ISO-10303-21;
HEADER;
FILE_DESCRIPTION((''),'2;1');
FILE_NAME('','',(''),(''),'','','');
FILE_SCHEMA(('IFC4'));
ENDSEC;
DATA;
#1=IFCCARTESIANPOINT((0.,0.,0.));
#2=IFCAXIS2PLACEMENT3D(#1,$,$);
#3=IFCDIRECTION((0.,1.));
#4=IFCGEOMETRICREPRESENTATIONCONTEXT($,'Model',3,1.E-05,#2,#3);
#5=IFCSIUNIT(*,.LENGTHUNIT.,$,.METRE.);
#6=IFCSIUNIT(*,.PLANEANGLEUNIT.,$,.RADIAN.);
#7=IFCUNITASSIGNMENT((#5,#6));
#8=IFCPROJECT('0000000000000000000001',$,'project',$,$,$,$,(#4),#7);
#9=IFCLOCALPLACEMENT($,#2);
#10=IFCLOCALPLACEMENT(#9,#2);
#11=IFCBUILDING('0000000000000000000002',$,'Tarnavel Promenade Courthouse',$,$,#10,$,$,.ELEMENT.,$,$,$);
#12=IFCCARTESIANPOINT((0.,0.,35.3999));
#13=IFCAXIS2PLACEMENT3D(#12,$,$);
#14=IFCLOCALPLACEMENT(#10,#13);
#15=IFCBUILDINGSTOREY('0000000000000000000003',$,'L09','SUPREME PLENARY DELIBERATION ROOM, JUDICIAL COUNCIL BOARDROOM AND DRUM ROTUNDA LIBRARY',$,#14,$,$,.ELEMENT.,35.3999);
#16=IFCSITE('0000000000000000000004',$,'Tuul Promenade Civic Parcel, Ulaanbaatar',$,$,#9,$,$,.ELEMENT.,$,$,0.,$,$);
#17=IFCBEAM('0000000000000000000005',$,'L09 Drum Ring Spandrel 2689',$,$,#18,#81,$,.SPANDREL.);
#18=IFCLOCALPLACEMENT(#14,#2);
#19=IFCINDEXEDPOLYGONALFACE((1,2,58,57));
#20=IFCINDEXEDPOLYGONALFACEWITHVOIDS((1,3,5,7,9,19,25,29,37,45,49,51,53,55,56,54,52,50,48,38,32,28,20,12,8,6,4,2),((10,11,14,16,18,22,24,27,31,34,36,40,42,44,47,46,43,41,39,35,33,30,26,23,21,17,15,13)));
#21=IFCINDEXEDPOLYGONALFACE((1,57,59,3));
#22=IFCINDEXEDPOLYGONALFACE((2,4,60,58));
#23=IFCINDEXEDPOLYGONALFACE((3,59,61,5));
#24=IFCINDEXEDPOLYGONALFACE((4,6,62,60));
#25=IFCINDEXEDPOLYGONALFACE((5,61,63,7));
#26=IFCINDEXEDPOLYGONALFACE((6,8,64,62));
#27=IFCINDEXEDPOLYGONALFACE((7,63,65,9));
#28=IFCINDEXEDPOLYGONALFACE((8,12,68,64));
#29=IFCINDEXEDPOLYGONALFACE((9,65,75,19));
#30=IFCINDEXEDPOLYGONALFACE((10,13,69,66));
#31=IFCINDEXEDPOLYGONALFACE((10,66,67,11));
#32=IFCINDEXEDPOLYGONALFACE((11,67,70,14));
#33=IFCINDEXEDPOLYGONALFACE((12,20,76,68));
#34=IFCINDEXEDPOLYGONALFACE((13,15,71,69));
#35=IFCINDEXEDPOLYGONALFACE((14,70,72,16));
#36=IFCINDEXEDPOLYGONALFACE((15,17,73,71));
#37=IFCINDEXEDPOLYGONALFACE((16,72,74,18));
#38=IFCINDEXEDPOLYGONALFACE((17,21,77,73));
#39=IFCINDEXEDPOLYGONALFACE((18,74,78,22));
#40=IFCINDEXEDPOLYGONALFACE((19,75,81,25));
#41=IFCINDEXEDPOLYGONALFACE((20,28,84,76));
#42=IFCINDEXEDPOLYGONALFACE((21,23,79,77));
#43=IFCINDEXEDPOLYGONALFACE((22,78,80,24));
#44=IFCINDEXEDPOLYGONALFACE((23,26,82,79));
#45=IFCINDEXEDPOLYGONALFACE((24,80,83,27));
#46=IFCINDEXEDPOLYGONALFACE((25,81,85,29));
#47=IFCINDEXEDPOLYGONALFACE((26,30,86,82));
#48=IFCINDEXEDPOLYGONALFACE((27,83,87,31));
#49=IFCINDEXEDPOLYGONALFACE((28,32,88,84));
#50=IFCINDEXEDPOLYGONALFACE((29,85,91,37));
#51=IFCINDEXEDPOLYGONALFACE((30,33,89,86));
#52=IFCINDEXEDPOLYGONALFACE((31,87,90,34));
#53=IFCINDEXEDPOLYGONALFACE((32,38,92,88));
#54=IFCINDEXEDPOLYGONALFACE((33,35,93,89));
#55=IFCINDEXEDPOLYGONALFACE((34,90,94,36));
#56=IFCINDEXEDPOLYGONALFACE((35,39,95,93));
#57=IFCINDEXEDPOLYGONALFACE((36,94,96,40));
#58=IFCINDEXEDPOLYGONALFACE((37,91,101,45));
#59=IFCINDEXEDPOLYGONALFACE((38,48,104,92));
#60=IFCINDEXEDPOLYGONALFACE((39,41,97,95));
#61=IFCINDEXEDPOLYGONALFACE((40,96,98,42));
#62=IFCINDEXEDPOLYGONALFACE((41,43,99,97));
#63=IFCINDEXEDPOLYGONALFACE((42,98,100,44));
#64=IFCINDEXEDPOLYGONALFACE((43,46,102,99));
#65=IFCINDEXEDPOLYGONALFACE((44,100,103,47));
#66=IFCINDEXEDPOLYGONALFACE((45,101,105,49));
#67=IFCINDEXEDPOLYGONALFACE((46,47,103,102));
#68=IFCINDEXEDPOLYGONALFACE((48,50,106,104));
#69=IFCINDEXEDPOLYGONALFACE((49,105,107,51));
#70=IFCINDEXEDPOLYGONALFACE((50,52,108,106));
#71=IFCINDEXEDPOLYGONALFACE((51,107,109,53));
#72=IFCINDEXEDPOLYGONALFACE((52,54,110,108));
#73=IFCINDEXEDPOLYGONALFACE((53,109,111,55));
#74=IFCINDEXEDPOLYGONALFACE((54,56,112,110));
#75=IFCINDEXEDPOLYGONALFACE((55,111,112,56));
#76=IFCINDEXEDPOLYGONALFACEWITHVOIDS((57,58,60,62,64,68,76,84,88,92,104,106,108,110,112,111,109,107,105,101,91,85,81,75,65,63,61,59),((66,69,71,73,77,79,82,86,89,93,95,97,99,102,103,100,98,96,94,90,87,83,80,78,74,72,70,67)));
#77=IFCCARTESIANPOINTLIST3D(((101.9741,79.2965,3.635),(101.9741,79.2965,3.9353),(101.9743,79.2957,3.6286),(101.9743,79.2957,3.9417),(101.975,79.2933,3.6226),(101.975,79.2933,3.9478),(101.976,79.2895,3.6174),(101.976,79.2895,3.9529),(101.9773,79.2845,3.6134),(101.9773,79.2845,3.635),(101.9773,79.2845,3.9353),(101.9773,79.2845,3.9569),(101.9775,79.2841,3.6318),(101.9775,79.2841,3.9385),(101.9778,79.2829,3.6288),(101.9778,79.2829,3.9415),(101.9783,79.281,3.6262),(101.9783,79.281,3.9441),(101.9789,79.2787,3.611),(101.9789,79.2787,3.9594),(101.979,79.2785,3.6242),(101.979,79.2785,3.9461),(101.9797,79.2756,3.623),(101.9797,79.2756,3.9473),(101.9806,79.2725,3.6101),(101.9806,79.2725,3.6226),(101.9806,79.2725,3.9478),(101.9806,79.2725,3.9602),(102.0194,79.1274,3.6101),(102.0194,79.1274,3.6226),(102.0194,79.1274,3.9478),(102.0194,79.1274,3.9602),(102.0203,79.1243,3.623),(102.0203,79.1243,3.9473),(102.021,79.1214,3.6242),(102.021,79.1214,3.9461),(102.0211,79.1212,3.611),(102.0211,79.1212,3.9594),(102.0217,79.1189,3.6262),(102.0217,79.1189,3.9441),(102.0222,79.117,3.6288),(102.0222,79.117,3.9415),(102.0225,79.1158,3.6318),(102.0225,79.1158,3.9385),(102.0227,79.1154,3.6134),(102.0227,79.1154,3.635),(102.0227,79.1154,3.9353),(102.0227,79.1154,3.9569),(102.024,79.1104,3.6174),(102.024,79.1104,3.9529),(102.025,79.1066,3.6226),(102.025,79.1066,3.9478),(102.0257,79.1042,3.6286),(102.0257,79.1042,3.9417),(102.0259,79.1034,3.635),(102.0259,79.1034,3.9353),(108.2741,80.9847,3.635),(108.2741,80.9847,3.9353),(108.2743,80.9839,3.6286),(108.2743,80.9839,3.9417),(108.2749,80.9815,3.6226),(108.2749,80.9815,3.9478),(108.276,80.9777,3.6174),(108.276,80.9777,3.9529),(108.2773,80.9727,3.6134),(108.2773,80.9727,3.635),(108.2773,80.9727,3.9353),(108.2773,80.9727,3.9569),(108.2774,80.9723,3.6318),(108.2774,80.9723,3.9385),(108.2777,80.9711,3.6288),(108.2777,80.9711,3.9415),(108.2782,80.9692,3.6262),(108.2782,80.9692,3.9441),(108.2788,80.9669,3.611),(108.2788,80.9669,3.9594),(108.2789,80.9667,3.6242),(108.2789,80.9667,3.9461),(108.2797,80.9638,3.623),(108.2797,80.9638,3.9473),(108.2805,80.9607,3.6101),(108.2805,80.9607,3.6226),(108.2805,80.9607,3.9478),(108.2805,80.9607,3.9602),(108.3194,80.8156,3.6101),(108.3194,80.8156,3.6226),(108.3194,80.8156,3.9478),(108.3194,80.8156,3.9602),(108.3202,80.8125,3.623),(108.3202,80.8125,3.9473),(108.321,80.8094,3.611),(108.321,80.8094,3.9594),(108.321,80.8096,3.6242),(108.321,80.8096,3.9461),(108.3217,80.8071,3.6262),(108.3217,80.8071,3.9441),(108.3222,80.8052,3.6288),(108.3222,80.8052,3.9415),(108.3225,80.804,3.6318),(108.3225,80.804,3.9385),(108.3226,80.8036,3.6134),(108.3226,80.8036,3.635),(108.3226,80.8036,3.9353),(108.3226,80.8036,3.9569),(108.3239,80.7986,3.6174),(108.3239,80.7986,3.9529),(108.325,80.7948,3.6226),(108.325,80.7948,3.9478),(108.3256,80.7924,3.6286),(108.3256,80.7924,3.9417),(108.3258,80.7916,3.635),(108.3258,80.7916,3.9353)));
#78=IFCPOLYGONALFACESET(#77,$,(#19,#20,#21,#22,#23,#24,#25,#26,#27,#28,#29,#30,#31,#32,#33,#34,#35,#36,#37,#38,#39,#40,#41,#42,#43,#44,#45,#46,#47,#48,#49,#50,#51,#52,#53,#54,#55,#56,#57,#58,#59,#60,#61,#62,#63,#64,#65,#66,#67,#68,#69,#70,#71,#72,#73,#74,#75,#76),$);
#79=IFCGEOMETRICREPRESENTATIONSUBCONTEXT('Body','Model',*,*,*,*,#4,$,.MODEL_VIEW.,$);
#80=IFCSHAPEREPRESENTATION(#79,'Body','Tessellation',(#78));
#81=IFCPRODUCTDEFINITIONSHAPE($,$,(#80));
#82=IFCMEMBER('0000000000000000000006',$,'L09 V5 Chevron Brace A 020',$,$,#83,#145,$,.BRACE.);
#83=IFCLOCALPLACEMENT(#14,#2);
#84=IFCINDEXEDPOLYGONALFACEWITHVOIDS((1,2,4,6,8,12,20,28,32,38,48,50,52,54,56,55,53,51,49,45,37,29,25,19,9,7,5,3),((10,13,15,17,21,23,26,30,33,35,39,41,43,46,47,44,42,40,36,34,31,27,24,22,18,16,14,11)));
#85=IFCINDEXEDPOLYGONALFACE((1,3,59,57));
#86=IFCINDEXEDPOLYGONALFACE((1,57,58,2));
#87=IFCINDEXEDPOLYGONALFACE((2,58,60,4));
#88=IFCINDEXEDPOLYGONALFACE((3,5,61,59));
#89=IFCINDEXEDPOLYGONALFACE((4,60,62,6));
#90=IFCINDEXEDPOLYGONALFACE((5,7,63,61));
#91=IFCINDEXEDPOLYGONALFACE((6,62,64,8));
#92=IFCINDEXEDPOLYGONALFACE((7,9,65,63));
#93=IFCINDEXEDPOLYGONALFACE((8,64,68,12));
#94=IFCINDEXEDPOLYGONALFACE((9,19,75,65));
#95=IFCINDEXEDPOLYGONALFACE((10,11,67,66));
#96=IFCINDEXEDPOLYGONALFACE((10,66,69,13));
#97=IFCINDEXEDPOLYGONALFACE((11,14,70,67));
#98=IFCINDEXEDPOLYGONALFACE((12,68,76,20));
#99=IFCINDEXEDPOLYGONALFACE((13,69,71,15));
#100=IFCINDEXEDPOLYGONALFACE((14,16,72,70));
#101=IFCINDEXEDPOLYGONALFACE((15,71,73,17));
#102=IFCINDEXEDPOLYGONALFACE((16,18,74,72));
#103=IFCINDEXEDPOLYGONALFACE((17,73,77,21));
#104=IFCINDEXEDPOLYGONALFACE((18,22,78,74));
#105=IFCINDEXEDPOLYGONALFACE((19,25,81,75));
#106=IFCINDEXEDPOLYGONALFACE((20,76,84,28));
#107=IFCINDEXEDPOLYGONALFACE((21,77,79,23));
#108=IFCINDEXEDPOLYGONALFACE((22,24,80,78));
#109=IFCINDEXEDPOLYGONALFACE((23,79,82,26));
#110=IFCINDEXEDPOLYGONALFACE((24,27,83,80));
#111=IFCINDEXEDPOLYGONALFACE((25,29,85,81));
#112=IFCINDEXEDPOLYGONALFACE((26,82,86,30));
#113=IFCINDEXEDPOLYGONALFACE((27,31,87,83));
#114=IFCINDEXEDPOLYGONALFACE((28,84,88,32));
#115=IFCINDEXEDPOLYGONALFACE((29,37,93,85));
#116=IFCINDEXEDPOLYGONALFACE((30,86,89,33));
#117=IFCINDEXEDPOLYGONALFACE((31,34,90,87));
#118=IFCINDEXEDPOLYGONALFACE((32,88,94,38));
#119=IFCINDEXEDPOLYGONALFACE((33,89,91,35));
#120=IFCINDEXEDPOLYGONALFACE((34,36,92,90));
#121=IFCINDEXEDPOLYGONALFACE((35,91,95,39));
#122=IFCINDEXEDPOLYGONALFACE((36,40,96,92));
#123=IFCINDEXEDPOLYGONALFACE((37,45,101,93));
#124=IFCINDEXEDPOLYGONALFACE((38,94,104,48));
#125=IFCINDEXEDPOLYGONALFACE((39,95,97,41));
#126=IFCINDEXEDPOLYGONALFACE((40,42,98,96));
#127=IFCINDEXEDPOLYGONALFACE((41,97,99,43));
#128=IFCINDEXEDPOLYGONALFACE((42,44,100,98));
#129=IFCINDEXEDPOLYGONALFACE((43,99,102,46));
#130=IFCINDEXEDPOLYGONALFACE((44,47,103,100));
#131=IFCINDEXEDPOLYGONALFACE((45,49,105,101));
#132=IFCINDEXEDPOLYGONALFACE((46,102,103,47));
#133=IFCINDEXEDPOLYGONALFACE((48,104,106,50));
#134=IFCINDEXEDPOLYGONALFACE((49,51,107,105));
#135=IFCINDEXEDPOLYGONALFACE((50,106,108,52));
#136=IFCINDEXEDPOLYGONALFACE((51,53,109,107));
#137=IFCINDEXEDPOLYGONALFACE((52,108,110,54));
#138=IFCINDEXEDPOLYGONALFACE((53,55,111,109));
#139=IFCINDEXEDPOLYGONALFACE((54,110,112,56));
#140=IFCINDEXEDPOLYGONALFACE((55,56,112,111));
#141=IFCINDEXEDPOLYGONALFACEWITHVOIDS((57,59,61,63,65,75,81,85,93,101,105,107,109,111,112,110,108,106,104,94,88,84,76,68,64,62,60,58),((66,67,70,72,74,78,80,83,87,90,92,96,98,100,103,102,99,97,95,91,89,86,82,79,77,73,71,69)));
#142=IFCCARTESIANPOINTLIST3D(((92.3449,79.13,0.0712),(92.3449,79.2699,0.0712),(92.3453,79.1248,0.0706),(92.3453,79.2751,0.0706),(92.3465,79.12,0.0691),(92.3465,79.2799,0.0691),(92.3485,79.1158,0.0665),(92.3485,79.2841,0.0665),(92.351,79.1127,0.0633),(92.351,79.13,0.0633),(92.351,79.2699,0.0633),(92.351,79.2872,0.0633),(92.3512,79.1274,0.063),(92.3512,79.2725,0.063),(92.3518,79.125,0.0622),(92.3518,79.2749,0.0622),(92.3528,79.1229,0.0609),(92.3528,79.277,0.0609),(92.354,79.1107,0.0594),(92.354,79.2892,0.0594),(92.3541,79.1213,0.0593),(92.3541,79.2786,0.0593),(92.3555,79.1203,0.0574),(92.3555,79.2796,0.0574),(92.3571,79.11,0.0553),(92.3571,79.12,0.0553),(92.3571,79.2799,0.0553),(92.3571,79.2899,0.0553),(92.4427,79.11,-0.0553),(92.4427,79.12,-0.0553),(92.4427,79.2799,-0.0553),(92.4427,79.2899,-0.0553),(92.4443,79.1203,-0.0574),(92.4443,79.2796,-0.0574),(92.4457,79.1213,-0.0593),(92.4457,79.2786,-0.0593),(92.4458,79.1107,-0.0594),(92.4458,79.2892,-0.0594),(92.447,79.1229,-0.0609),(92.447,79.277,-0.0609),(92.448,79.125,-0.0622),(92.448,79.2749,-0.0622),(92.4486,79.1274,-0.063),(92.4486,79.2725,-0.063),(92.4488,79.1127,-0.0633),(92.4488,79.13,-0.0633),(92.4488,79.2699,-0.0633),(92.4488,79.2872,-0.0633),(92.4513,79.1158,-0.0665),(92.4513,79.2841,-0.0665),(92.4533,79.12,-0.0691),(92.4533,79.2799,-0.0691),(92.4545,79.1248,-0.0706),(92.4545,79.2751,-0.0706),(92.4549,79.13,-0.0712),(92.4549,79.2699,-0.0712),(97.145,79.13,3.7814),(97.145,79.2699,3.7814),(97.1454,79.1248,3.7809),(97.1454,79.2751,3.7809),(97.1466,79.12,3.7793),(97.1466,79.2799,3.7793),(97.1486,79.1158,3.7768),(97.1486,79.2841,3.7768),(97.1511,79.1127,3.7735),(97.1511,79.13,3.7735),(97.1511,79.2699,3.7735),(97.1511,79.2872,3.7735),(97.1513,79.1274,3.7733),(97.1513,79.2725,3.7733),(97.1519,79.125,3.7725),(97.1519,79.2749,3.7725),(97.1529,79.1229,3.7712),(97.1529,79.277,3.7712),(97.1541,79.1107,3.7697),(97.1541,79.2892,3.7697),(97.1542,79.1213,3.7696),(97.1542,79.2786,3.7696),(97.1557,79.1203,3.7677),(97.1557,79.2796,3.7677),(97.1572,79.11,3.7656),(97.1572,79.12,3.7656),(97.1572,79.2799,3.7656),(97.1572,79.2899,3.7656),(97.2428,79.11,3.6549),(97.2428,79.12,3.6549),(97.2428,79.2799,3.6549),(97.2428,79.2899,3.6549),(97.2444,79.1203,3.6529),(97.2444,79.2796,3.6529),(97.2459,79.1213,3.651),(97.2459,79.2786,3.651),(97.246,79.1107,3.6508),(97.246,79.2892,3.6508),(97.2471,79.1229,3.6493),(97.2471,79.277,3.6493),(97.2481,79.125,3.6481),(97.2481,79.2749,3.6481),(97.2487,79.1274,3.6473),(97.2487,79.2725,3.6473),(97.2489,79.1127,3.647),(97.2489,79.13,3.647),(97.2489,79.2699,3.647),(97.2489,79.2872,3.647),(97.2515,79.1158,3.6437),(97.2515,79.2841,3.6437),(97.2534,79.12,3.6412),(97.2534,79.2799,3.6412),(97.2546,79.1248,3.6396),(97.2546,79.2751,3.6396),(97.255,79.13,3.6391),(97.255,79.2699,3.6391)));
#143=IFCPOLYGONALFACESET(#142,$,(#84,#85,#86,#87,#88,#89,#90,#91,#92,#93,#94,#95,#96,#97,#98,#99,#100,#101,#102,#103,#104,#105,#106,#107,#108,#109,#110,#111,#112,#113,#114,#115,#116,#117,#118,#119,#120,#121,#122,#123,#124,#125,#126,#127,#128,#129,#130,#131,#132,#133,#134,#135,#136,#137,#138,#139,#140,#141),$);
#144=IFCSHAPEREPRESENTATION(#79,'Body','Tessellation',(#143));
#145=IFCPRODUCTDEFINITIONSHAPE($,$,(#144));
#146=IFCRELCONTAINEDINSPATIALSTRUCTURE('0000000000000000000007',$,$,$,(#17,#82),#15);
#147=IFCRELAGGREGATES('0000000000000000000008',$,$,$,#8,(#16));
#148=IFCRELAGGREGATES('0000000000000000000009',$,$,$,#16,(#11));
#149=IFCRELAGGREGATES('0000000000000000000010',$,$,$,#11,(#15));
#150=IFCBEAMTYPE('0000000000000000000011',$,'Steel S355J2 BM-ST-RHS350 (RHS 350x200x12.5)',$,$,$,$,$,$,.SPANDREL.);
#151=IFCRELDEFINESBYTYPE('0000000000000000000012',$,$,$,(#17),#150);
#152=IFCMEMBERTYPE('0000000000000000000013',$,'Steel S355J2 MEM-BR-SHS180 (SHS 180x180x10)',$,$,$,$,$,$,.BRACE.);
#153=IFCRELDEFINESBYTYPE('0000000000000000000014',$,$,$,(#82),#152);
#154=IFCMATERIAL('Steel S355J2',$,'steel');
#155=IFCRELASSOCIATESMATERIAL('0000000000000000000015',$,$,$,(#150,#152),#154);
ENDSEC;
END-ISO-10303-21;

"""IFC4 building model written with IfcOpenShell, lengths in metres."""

from ifc_helpers import new_model, si_unit, direction, frame, origin, origin_2d, place, context, subcontext, project, spatial, hollow_rectangle, extrude, material, material_profile, profile_set, type_object, element, save


model = new_model("IFC4")

# Units and contexts
model_context = context("Model", 3, precision=1e-05, world=origin(), true_north=direction((0.0, 1.0)))
body_context = subcontext(model_context, "Body", "Model", "MODEL_VIEW")
ifc_project = project(units=[si_unit("LENGTHUNIT", "METRE"), si_unit("PLANEANGLEUNIT", "RADIAN")], contexts=[model_context])

# Site, building, storey
site_placement = place(None, origin())
site = spatial("IfcSite", under=ifc_project, at=site_placement, Name="Tuul Promenade Civic Parcel, Ulaanbaatar", CompositionType="ELEMENT", RefElevation=0.0)
building_placement = place(site_placement, origin())
building = spatial("IfcBuilding", under=site, at=building_placement, Name="Tarnavel Promenade Courthouse", CompositionType="ELEMENT")
storey_placement = place(building_placement, frame((0.0, 0.0, 35.3999)))
storey = spatial("IfcBuildingStorey", under=building, at=storey_placement, Name="L09", Description="SUPREME PLENARY DELIBERATION ROOM, JUDICIAL COUNCIL BOARDROOM AND DRUM ROTUNDA LIBRARY", CompositionType="ELEMENT", Elevation=35.3999)

# Beam
ifc_material_1 = material(Name="Steel S355J2", Category="steel")
ifc_material_profile_1 = material_profile(ifc_material_1, hollow_rectangle(XDim=0.2, YDim=0.3501, WallThickness=0.0125, InnerFilletRadius=0.0125, OuterFilletRadius=0.0249, at=origin_2d()), Name="RHS 350x200x12.5")
ifc_profile_set_1 = profile_set([ifc_material_profile_1], Name="Steel S355J2")
beam_type_1 = type_object("IfcBeamType", Name="Steel S355J2 BM-ST-RHS350 (RHS 350x200x12.5)", PredefinedType="SPANDREL", material=ifc_profile_set_1)
beam_1_placement = place(storey_placement, frame((102.0, 79.2, 3.7852), z_axis=(0.96592, 0.258839, 0.0), x_axis=(-0.258839, 0.96592, 0.0)))
element("IfcBeam", 1, at=beam_1_placement, inside=storey, type_object=beam_type_1, Name="L09 Drum Ring Spandrel 2689", PredefinedType="SPANDREL", context=body_context, shape_type="SweptSolid", body=[
    extrude(hollow_rectangle(XDim=0.2, YDim=0.3501, WallThickness=0.0125, InnerFilletRadius=0.0125, OuterFilletRadius=0.0249, at=origin_2d()), origin(), (0.0, 0.0, 1.0), 6.5222),
])

# Member
ifc_material_profile_2 = material_profile(ifc_material_1, hollow_rectangle(XDim=0.1799, YDim=0.1799, WallThickness=0.01, InnerFilletRadius=0.01, OuterFilletRadius=0.02, at=origin_2d()), Name="SHS 180x180x10")
ifc_profile_set_2 = profile_set([ifc_material_profile_2], Name="Steel S355J2")
member_type = type_object("IfcMemberType", Name="Steel S355J2 MEM-BR-SHS180 (SHS 180x180x10)", PredefinedType="BRACE", material=ifc_profile_set_2)
for number, where, z_axis, x_axis, name in (
    (2, (92.3999, 79.2, 0.0), (0.791199, 0.0, 0.611559), (0.0, 1.0, 0.0), "L09 V5 Chevron Brace A 020"),
):
    element("IfcMember", number, at=place(storey_placement, frame(where, z_axis=z_axis, x_axis=x_axis)), inside=storey, type_object=member_type, Name=name, PredefinedType="BRACE", context=body_context, shape_type="SweptSolid", body=[
        extrude(hollow_rectangle(XDim=0.1799, YDim=0.1799, WallThickness=0.01, InnerFilletRadius=0.01, OuterFilletRadius=0.02, at=origin_2d()), origin(), (0.0, 0.0, 1.0), 6.0669),
    ])

save(model, "model.ifc")
